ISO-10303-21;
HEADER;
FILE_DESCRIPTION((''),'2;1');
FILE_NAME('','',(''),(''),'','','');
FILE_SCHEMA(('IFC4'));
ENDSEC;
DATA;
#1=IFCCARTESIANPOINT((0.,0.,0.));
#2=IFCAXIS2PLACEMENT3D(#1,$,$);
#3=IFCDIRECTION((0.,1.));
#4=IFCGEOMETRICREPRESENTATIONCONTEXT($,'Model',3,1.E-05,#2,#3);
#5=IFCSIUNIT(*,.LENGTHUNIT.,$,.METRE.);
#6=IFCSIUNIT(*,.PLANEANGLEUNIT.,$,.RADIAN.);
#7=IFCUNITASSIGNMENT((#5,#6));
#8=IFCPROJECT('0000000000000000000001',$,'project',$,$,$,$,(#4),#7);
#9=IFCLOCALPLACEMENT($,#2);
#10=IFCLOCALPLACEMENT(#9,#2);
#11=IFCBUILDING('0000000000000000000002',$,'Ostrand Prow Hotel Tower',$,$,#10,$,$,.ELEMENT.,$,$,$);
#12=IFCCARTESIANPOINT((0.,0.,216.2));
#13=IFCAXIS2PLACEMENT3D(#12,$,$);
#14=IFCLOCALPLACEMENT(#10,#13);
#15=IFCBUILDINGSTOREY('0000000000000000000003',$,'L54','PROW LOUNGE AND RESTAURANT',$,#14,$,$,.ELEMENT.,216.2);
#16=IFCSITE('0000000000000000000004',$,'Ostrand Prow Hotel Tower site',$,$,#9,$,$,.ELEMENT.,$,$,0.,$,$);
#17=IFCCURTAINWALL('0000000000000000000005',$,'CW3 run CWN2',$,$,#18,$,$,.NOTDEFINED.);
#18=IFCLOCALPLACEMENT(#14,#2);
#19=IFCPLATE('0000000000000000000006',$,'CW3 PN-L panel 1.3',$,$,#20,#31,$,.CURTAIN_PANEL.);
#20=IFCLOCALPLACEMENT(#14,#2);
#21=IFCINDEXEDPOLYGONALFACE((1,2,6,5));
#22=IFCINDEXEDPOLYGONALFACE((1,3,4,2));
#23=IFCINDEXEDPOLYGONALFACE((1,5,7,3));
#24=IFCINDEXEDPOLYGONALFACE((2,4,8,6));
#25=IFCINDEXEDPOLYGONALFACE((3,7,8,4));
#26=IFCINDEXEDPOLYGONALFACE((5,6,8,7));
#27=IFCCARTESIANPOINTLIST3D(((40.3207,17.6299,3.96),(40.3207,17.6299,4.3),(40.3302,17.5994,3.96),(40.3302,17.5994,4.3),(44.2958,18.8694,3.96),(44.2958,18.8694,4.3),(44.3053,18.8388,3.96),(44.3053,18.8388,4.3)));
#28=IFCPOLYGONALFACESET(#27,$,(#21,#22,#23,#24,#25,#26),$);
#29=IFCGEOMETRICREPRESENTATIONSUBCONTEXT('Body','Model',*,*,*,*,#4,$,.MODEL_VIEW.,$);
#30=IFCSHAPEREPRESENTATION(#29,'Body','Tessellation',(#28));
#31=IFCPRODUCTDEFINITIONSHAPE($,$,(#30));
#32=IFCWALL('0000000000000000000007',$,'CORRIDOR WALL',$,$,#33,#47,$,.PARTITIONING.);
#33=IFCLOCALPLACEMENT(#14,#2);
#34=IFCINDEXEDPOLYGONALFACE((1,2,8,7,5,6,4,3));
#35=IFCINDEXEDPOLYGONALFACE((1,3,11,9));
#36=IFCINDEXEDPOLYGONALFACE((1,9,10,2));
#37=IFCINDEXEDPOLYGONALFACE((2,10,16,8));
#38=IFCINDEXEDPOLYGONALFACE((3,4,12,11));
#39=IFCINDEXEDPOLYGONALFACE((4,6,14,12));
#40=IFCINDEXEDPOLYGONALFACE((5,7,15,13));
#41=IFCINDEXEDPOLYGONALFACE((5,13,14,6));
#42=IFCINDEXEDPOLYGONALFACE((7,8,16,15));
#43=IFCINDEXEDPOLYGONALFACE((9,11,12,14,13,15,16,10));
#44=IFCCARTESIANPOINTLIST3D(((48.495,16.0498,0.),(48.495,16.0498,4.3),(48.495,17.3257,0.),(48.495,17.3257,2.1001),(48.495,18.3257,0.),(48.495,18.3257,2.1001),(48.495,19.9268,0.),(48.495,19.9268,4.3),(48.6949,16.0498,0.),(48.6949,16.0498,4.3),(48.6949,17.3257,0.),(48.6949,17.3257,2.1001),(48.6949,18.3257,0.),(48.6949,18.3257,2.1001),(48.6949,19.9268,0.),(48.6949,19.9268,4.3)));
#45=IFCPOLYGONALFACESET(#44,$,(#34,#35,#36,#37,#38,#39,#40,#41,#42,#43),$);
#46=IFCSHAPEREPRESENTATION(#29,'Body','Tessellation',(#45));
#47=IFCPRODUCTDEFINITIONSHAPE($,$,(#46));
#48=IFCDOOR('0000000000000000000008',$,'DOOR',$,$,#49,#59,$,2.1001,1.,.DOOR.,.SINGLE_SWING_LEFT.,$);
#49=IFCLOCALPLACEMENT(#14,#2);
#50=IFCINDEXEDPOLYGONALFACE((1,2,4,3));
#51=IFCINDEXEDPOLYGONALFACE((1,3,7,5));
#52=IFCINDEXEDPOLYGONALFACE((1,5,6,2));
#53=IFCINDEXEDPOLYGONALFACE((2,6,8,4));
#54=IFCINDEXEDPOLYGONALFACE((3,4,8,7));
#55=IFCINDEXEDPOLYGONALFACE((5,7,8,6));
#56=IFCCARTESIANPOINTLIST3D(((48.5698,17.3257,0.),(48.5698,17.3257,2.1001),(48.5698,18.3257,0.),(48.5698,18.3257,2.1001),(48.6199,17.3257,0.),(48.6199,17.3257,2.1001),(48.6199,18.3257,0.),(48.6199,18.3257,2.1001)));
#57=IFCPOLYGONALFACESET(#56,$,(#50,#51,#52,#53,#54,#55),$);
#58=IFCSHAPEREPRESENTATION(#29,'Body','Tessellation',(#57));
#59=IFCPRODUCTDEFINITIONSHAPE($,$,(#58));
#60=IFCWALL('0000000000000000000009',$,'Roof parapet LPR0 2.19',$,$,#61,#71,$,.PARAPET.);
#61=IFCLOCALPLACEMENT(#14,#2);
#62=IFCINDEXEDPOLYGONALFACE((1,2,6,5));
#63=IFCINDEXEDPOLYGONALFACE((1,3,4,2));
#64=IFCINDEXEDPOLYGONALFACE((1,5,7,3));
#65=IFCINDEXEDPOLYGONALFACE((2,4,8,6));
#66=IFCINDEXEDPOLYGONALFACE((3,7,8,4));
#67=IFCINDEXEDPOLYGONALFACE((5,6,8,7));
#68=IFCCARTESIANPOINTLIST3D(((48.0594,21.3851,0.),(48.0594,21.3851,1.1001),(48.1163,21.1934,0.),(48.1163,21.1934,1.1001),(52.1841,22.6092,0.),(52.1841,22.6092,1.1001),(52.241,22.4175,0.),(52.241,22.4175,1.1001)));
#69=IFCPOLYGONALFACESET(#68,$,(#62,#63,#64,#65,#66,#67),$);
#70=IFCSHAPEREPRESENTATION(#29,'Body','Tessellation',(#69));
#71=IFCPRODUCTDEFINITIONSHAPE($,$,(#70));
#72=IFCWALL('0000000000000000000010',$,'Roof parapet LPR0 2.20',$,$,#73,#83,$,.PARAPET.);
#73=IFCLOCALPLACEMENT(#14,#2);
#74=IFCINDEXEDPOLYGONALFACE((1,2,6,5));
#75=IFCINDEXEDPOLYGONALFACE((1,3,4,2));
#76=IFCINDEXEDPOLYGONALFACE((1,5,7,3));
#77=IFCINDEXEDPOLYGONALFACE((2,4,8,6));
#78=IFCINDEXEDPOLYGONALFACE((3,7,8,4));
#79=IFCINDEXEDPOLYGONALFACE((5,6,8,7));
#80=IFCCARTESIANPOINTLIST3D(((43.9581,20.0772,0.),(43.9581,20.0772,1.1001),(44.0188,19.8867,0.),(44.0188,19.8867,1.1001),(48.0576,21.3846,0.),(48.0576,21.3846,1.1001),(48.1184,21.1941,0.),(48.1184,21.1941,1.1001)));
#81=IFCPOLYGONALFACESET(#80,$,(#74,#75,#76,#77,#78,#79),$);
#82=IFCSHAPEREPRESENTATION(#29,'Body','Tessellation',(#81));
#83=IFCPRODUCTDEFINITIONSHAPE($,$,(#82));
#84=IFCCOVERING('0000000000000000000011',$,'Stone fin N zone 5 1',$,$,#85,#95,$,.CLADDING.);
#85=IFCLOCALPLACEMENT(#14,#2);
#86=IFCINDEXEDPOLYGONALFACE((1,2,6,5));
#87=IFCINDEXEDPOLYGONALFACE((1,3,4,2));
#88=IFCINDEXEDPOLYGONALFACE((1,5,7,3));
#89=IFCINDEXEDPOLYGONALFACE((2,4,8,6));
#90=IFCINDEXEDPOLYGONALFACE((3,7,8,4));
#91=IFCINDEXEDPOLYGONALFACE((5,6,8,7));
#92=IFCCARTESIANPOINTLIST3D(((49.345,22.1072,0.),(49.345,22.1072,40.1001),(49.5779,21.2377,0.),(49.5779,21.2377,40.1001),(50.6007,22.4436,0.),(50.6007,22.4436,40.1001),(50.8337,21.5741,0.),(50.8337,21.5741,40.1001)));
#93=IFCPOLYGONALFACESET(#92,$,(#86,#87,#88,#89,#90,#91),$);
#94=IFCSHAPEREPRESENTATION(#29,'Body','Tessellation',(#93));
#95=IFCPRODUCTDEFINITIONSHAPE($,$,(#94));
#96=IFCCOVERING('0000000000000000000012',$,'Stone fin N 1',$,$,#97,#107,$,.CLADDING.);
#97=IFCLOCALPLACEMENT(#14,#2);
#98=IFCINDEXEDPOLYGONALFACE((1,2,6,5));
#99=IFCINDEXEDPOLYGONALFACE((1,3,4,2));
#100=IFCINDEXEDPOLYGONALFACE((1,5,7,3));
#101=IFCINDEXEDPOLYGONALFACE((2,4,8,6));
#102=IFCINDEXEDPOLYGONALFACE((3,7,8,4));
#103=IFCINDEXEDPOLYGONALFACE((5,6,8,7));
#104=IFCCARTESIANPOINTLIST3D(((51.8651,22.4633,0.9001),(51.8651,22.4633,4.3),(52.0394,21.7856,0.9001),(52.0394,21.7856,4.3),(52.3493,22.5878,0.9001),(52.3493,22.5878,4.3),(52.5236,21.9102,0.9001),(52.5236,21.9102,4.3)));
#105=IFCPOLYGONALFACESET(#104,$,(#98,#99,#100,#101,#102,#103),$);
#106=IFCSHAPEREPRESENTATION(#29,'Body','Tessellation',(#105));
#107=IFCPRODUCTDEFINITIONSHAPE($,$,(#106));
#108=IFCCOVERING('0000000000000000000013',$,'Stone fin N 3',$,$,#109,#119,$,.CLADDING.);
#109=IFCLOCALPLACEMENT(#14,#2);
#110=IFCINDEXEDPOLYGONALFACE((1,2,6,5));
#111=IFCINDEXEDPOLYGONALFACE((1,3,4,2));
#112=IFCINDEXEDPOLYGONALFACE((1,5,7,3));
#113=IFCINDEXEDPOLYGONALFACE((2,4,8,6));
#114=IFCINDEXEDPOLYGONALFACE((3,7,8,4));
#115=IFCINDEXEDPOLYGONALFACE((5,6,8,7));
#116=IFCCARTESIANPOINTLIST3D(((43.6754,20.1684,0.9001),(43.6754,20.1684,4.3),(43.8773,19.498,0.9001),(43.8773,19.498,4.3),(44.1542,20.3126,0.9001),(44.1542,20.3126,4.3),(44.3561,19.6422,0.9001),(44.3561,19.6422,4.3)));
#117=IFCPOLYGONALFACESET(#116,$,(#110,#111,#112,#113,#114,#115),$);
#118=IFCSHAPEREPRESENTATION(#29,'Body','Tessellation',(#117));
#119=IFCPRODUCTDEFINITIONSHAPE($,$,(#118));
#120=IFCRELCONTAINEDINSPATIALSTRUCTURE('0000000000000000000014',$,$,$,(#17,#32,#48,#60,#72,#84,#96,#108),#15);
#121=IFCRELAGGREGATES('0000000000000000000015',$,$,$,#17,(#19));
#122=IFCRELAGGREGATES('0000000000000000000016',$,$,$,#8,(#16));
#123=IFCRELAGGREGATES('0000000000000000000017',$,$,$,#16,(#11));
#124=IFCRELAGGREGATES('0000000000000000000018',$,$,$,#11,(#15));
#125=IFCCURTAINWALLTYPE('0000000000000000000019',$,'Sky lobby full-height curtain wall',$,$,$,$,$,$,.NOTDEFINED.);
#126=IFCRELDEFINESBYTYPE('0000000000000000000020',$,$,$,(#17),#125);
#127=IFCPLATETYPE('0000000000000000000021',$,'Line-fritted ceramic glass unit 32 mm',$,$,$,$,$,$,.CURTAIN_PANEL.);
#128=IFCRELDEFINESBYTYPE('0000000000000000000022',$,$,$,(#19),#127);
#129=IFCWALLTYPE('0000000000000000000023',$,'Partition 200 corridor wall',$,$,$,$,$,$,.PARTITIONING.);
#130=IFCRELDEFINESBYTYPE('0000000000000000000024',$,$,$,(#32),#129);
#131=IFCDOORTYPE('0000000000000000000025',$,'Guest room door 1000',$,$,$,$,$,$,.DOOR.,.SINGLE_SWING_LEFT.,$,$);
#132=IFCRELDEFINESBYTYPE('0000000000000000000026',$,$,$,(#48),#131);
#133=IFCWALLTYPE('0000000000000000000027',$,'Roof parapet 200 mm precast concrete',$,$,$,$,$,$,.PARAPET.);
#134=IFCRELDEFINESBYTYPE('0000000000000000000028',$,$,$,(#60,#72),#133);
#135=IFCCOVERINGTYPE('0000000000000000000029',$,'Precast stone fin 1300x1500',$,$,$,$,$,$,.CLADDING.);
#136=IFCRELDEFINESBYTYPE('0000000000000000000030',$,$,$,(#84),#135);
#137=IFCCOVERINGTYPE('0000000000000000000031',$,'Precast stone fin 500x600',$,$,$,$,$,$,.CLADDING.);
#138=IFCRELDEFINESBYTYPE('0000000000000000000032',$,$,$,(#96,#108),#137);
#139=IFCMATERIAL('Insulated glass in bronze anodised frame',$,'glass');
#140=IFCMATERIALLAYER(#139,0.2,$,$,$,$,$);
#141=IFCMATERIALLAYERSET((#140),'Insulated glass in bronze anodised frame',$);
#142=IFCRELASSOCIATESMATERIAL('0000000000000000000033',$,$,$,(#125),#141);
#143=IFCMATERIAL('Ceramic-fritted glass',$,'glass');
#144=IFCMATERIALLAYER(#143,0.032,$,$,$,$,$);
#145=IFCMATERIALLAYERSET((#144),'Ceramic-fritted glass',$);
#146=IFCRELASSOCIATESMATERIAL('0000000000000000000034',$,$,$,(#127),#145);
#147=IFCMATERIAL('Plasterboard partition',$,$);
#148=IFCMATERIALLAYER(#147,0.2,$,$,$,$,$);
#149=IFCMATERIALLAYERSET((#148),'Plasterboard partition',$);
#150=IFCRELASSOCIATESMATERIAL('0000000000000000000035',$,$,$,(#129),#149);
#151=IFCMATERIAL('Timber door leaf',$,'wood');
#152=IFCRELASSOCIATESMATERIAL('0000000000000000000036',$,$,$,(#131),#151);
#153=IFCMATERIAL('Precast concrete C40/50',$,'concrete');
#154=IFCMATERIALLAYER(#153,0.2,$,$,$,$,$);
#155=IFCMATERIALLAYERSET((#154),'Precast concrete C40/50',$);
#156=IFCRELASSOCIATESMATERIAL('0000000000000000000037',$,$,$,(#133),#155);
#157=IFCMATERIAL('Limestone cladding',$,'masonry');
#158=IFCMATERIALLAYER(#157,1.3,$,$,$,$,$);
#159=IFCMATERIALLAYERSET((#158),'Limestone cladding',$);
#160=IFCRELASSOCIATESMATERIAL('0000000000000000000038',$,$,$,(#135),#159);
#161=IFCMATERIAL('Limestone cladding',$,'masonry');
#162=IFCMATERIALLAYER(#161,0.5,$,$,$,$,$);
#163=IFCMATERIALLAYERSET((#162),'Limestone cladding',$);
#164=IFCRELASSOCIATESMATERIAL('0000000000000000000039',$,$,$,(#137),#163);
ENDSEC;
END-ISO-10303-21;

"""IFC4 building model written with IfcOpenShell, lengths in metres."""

from ifc_helpers import new_model, si_unit, direction, frame, frame_2d, origin, origin_2d, place, context, subcontext, project, spatial, rectangle, extrude, material, layer, layer_set, type_object, element, fill, aggregate, save


model = new_model("IFC4")

# Units and contexts
model_context = context("Model", 3, precision=1e-05, world=origin(), true_north=direction((0.0, 1.0)))
body_context = subcontext(model_context, "Body", "Model", "MODEL_VIEW")
ifc_project = project(units=[si_unit("LENGTHUNIT", "METRE"), si_unit("PLANEANGLEUNIT", "RADIAN")], contexts=[model_context])

# Site, building, storey
site_placement = place(None, origin())
site = spatial("IfcSite", under=ifc_project, at=site_placement, Name="Ostrand Prow Hotel Tower site", CompositionType="ELEMENT", RefElevation=0.0)
building_placement = place(site_placement, origin())
building = spatial("IfcBuilding", under=site, at=building_placement, Name="Ostrand Prow Hotel Tower", CompositionType="ELEMENT")
storey_placement = place(building_placement, frame((0.0, 0.0, 216.2)))
storey = spatial("IfcBuildingStorey", under=building, at=storey_placement, Name="L54", Description="PROW LOUNGE AND RESTAURANT", CompositionType="ELEMENT", Elevation=216.2)

# Curtain wall
ifc_material_1 = material(Name="Insulated glass in bronze anodised frame", Category="glass")
ifc_layer_1 = layer(ifc_material_1, 0.2)
ifc_layer_set_1 = layer_set([ifc_layer_1], Name="Insulated glass in bronze anodised frame")
curtain_wall_type = type_object("IfcCurtainWallType", Name="Sky lobby full-height curtain wall", PredefinedType="NOTDEFINED", material=ifc_layer_set_1)
curtain_wall_1_placement = place(storey_placement, origin())
curtain_wall_1 = element("IfcCurtainWall", 1, at=curtain_wall_1_placement, inside=storey, type_object=curtain_wall_type, Name="CW3 run CWN2", PredefinedType="NOTDEFINED")

# Plate
ifc_material_2 = material(Name="Ceramic-fritted glass", Category="glass")
ifc_layer_2 = layer(ifc_material_2, 0.032)
ifc_layer_set_2 = layer_set([ifc_layer_2], Name="Ceramic-fritted glass")
plate_type_1 = type_object("IfcPlateType", Name="Line-fritted ceramic glass unit 32 mm", PredefinedType="CURTAIN_PANEL", material=ifc_layer_set_2)
plate_1_placement = place(storey_placement, frame((42.313, 18.2344, 3.96), z_axis=(0.0, 0.0, 1.0), x_axis=(-0.954666, -0.297678, 0.0)))
plate_1 = element("IfcPlate", 2, at=plate_1_placement, type_object=plate_type_1, Name="CW3 PN-L panel 1.3", PredefinedType="CURTAIN_PANEL", context=body_context, shape_type="SweptSolid", body=[
    extrude(rectangle(XDim=4.1638, YDim=0.032, at=origin_2d()), origin(), (0.0, 0.0, 1.0), 0.3401),
])
aggregate(curtain_wall_1, [plate_1])

# Wall, opening, door
ifc_material_3 = material(Name="Plasterboard partition")
ifc_layer_3 = layer(ifc_material_3, 0.2)
ifc_layer_set_3 = layer_set([ifc_layer_3], Name="Plasterboard partition")
wall_type_1 = type_object("IfcWallType", Name="Partition 200 corridor wall", PredefinedType="PARTITIONING", material=ifc_layer_set_3)
wall_1_placement = place(storey_placement, frame((48.595, 19.9268, 0.0), z_axis=(0.0, 0.0, 1.0), x_axis=(0.0, -1.0, 0.0)))
wall_1 = element("IfcWall", 3, at=wall_1_placement, inside=storey, type_object=wall_type_1, Name="CORRIDOR WALL", PredefinedType="PARTITIONING", context=body_context, shape_type="SweptSolid", body=[
    extrude(rectangle(XDim=3.877, YDim=0.2, at=frame_2d((1.9385, 0.0))), origin(), (0.0, 0.0, 1.0), 4.3),
])
opening_placement = place(wall_1_placement, frame((1.6011, 0.0, 0.0)))
opening = element("IfcOpeningElement", 4, at=opening_placement, cuts=wall_1, PredefinedType="OPENING", context=body_context, shape_type="SweptSolid", body=[
    extrude(rectangle(XDim=1.0, YDim=2.1001, at=frame_2d((0.5, 1.05))), frame((0.0, 0.1099, 0.0), z_axis=(0.0, -1.0, 0.0), x_axis=(1.0, 0.0, 0.0)), (0.0, 0.0, 1.0), 0.22),
])
ifc_material_4 = material(Name="Timber door leaf", Category="wood")
door_type = type_object("IfcDoorType", Name="Guest room door 1000", OperationType="SINGLE_SWING_LEFT", PredefinedType="DOOR", material=ifc_material_4)
door_placement = place(opening_placement, origin())
door = element("IfcDoor", 5, at=door_placement, inside=storey, type_object=door_type, Name="DOOR", OperationType="SINGLE_SWING_LEFT", OverallHeight=2.1001, OverallWidth=1.0, PredefinedType="DOOR", context=body_context, shape_type="SweptSolid", body=[
    extrude(rectangle(XDim=1.0, YDim=2.1001, at=frame_2d((0.5, 1.05))), frame((0.0, 0.0249, 0.0), z_axis=(0.0, -1.0, 0.0), x_axis=(1.0, 0.0, 0.0)), (0.0, 0.0, 1.0), 0.05),
])
fill(opening, door)

# Walls
ifc_material_5 = material(Name="Precast concrete C40/50", Category="concrete")
ifc_layer_4 = layer(ifc_material_5, 0.2)
ifc_layer_set_4 = layer_set([ifc_layer_4], Name="Precast concrete C40/50")
wall_type_2 = type_object("IfcWallType", Name="Roof parapet 200 mm precast concrete", PredefinedType="PARAPET", material=ifc_layer_set_4)
wall_2_placement = place(storey_placement, frame((52.2126, 22.5134, 0.0), z_axis=(0.0, 0.0, 1.0), x_axis=(-0.958673, -0.284509, 0.0)))
element("IfcWall", 6, at=wall_2_placement, inside=storey, type_object=wall_type_2, Name="Roof parapet LPR0 2.19", PredefinedType="PARAPET", context=body_context, shape_type="SweptSolid", body=[
    extrude(rectangle(XDim=4.3025, YDim=0.2, at=frame_2d((2.1514, 0.0))), origin(), (0.0, 0.0, 1.0), 1.1001),
])
wall_3_placement = place(storey_placement, frame((48.0879, 21.2893, 0.0), z_axis=(0.0, 0.0, 1.0), x_axis=(-0.952727, -0.303827, 0.0)))
element("IfcWall", 7, at=wall_3_placement, inside=storey, type_object=wall_type_2, Name="Roof parapet LPR0 2.20", PredefinedType="PARAPET", context=body_context, shape_type="SweptSolid", body=[
    extrude(rectangle(XDim=4.303, YDim=0.2, at=frame_2d((2.1514, 0.0))), origin(), (0.0, 0.0, 1.0), 1.1001),
])

# Coverings
ifc_material_6 = material(Name="Limestone cladding", Category="masonry")
ifc_layer_5 = layer(ifc_material_6, 1.3)
ifc_layer_set_5 = layer_set([ifc_layer_5], Name="Limestone cladding")
covering_type_1 = type_object("IfcCoveringType", Name="Precast stone fin 1300x1500", PredefinedType="CLADDING", material=ifc_layer_set_5)
covering_1_placement = place(storey_placement, frame((50.2058, 21.4058, 0.0), z_axis=(0.0, 0.0, 1.0), x_axis=(-0.258777, 0.965937, 0.0)))
element("IfcCovering", 8, at=covering_1_placement, inside=storey, type_object=covering_type_1, Name="Stone fin N zone 5 1", PredefinedType="CLADDING", context=body_context, shape_type="SweptSolid", body=[
    extrude(rectangle(XDim=0.9001, YDim=1.3, at=frame_2d((0.4502, 0.0))), origin(), (0.0, 0.0, 1.0), 40.1001),
])
ifc_material_7 = material(Name="Limestone cladding", Category="masonry")
ifc_layer_6 = layer(ifc_material_7, 0.5)
ifc_layer_set_6 = layer_set([ifc_layer_6], Name="Limestone cladding")
covering_type_2 = type_object("IfcCoveringType", Name="Precast stone fin 500x600", PredefinedType="CLADDING", material=ifc_layer_set_6)
covering_2_placement = place(storey_placement, frame((52.2815, 21.8479, 0.9001), z_axis=(0.0, 0.0, 1.0), x_axis=(-0.249097, 0.968479, 0.0)))
element("IfcCovering", 9, at=covering_2_placement, inside=storey, type_object=covering_type_2, Name="Stone fin N 1", PredefinedType="CLADDING", context=body_context, shape_type="SweptSolid", body=[
    extrude(rectangle(XDim=0.6997, YDim=0.5, at=frame_2d((0.3499, 0.0))), origin(), (0.0, 0.0, 1.0), 3.3999),
])
covering_3_placement = place(storey_placement, frame((44.1167, 19.5701, 0.9001), z_axis=(0.0, 0.0, 1.0), x_axis=(-0.288371, 0.957519, 0.0)))
element("IfcCovering", 10, at=covering_3_placement, inside=storey, type_object=covering_type_2, Name="Stone fin N 3", PredefinedType="CLADDING", context=body_context, shape_type="SweptSolid", body=[
    extrude(rectangle(XDim=0.7002, YDim=0.5, at=frame_2d((0.3501, 0.0))), origin(), (0.0, 0.0, 1.0), 3.3999),
])

save(model, "model.ifc")
